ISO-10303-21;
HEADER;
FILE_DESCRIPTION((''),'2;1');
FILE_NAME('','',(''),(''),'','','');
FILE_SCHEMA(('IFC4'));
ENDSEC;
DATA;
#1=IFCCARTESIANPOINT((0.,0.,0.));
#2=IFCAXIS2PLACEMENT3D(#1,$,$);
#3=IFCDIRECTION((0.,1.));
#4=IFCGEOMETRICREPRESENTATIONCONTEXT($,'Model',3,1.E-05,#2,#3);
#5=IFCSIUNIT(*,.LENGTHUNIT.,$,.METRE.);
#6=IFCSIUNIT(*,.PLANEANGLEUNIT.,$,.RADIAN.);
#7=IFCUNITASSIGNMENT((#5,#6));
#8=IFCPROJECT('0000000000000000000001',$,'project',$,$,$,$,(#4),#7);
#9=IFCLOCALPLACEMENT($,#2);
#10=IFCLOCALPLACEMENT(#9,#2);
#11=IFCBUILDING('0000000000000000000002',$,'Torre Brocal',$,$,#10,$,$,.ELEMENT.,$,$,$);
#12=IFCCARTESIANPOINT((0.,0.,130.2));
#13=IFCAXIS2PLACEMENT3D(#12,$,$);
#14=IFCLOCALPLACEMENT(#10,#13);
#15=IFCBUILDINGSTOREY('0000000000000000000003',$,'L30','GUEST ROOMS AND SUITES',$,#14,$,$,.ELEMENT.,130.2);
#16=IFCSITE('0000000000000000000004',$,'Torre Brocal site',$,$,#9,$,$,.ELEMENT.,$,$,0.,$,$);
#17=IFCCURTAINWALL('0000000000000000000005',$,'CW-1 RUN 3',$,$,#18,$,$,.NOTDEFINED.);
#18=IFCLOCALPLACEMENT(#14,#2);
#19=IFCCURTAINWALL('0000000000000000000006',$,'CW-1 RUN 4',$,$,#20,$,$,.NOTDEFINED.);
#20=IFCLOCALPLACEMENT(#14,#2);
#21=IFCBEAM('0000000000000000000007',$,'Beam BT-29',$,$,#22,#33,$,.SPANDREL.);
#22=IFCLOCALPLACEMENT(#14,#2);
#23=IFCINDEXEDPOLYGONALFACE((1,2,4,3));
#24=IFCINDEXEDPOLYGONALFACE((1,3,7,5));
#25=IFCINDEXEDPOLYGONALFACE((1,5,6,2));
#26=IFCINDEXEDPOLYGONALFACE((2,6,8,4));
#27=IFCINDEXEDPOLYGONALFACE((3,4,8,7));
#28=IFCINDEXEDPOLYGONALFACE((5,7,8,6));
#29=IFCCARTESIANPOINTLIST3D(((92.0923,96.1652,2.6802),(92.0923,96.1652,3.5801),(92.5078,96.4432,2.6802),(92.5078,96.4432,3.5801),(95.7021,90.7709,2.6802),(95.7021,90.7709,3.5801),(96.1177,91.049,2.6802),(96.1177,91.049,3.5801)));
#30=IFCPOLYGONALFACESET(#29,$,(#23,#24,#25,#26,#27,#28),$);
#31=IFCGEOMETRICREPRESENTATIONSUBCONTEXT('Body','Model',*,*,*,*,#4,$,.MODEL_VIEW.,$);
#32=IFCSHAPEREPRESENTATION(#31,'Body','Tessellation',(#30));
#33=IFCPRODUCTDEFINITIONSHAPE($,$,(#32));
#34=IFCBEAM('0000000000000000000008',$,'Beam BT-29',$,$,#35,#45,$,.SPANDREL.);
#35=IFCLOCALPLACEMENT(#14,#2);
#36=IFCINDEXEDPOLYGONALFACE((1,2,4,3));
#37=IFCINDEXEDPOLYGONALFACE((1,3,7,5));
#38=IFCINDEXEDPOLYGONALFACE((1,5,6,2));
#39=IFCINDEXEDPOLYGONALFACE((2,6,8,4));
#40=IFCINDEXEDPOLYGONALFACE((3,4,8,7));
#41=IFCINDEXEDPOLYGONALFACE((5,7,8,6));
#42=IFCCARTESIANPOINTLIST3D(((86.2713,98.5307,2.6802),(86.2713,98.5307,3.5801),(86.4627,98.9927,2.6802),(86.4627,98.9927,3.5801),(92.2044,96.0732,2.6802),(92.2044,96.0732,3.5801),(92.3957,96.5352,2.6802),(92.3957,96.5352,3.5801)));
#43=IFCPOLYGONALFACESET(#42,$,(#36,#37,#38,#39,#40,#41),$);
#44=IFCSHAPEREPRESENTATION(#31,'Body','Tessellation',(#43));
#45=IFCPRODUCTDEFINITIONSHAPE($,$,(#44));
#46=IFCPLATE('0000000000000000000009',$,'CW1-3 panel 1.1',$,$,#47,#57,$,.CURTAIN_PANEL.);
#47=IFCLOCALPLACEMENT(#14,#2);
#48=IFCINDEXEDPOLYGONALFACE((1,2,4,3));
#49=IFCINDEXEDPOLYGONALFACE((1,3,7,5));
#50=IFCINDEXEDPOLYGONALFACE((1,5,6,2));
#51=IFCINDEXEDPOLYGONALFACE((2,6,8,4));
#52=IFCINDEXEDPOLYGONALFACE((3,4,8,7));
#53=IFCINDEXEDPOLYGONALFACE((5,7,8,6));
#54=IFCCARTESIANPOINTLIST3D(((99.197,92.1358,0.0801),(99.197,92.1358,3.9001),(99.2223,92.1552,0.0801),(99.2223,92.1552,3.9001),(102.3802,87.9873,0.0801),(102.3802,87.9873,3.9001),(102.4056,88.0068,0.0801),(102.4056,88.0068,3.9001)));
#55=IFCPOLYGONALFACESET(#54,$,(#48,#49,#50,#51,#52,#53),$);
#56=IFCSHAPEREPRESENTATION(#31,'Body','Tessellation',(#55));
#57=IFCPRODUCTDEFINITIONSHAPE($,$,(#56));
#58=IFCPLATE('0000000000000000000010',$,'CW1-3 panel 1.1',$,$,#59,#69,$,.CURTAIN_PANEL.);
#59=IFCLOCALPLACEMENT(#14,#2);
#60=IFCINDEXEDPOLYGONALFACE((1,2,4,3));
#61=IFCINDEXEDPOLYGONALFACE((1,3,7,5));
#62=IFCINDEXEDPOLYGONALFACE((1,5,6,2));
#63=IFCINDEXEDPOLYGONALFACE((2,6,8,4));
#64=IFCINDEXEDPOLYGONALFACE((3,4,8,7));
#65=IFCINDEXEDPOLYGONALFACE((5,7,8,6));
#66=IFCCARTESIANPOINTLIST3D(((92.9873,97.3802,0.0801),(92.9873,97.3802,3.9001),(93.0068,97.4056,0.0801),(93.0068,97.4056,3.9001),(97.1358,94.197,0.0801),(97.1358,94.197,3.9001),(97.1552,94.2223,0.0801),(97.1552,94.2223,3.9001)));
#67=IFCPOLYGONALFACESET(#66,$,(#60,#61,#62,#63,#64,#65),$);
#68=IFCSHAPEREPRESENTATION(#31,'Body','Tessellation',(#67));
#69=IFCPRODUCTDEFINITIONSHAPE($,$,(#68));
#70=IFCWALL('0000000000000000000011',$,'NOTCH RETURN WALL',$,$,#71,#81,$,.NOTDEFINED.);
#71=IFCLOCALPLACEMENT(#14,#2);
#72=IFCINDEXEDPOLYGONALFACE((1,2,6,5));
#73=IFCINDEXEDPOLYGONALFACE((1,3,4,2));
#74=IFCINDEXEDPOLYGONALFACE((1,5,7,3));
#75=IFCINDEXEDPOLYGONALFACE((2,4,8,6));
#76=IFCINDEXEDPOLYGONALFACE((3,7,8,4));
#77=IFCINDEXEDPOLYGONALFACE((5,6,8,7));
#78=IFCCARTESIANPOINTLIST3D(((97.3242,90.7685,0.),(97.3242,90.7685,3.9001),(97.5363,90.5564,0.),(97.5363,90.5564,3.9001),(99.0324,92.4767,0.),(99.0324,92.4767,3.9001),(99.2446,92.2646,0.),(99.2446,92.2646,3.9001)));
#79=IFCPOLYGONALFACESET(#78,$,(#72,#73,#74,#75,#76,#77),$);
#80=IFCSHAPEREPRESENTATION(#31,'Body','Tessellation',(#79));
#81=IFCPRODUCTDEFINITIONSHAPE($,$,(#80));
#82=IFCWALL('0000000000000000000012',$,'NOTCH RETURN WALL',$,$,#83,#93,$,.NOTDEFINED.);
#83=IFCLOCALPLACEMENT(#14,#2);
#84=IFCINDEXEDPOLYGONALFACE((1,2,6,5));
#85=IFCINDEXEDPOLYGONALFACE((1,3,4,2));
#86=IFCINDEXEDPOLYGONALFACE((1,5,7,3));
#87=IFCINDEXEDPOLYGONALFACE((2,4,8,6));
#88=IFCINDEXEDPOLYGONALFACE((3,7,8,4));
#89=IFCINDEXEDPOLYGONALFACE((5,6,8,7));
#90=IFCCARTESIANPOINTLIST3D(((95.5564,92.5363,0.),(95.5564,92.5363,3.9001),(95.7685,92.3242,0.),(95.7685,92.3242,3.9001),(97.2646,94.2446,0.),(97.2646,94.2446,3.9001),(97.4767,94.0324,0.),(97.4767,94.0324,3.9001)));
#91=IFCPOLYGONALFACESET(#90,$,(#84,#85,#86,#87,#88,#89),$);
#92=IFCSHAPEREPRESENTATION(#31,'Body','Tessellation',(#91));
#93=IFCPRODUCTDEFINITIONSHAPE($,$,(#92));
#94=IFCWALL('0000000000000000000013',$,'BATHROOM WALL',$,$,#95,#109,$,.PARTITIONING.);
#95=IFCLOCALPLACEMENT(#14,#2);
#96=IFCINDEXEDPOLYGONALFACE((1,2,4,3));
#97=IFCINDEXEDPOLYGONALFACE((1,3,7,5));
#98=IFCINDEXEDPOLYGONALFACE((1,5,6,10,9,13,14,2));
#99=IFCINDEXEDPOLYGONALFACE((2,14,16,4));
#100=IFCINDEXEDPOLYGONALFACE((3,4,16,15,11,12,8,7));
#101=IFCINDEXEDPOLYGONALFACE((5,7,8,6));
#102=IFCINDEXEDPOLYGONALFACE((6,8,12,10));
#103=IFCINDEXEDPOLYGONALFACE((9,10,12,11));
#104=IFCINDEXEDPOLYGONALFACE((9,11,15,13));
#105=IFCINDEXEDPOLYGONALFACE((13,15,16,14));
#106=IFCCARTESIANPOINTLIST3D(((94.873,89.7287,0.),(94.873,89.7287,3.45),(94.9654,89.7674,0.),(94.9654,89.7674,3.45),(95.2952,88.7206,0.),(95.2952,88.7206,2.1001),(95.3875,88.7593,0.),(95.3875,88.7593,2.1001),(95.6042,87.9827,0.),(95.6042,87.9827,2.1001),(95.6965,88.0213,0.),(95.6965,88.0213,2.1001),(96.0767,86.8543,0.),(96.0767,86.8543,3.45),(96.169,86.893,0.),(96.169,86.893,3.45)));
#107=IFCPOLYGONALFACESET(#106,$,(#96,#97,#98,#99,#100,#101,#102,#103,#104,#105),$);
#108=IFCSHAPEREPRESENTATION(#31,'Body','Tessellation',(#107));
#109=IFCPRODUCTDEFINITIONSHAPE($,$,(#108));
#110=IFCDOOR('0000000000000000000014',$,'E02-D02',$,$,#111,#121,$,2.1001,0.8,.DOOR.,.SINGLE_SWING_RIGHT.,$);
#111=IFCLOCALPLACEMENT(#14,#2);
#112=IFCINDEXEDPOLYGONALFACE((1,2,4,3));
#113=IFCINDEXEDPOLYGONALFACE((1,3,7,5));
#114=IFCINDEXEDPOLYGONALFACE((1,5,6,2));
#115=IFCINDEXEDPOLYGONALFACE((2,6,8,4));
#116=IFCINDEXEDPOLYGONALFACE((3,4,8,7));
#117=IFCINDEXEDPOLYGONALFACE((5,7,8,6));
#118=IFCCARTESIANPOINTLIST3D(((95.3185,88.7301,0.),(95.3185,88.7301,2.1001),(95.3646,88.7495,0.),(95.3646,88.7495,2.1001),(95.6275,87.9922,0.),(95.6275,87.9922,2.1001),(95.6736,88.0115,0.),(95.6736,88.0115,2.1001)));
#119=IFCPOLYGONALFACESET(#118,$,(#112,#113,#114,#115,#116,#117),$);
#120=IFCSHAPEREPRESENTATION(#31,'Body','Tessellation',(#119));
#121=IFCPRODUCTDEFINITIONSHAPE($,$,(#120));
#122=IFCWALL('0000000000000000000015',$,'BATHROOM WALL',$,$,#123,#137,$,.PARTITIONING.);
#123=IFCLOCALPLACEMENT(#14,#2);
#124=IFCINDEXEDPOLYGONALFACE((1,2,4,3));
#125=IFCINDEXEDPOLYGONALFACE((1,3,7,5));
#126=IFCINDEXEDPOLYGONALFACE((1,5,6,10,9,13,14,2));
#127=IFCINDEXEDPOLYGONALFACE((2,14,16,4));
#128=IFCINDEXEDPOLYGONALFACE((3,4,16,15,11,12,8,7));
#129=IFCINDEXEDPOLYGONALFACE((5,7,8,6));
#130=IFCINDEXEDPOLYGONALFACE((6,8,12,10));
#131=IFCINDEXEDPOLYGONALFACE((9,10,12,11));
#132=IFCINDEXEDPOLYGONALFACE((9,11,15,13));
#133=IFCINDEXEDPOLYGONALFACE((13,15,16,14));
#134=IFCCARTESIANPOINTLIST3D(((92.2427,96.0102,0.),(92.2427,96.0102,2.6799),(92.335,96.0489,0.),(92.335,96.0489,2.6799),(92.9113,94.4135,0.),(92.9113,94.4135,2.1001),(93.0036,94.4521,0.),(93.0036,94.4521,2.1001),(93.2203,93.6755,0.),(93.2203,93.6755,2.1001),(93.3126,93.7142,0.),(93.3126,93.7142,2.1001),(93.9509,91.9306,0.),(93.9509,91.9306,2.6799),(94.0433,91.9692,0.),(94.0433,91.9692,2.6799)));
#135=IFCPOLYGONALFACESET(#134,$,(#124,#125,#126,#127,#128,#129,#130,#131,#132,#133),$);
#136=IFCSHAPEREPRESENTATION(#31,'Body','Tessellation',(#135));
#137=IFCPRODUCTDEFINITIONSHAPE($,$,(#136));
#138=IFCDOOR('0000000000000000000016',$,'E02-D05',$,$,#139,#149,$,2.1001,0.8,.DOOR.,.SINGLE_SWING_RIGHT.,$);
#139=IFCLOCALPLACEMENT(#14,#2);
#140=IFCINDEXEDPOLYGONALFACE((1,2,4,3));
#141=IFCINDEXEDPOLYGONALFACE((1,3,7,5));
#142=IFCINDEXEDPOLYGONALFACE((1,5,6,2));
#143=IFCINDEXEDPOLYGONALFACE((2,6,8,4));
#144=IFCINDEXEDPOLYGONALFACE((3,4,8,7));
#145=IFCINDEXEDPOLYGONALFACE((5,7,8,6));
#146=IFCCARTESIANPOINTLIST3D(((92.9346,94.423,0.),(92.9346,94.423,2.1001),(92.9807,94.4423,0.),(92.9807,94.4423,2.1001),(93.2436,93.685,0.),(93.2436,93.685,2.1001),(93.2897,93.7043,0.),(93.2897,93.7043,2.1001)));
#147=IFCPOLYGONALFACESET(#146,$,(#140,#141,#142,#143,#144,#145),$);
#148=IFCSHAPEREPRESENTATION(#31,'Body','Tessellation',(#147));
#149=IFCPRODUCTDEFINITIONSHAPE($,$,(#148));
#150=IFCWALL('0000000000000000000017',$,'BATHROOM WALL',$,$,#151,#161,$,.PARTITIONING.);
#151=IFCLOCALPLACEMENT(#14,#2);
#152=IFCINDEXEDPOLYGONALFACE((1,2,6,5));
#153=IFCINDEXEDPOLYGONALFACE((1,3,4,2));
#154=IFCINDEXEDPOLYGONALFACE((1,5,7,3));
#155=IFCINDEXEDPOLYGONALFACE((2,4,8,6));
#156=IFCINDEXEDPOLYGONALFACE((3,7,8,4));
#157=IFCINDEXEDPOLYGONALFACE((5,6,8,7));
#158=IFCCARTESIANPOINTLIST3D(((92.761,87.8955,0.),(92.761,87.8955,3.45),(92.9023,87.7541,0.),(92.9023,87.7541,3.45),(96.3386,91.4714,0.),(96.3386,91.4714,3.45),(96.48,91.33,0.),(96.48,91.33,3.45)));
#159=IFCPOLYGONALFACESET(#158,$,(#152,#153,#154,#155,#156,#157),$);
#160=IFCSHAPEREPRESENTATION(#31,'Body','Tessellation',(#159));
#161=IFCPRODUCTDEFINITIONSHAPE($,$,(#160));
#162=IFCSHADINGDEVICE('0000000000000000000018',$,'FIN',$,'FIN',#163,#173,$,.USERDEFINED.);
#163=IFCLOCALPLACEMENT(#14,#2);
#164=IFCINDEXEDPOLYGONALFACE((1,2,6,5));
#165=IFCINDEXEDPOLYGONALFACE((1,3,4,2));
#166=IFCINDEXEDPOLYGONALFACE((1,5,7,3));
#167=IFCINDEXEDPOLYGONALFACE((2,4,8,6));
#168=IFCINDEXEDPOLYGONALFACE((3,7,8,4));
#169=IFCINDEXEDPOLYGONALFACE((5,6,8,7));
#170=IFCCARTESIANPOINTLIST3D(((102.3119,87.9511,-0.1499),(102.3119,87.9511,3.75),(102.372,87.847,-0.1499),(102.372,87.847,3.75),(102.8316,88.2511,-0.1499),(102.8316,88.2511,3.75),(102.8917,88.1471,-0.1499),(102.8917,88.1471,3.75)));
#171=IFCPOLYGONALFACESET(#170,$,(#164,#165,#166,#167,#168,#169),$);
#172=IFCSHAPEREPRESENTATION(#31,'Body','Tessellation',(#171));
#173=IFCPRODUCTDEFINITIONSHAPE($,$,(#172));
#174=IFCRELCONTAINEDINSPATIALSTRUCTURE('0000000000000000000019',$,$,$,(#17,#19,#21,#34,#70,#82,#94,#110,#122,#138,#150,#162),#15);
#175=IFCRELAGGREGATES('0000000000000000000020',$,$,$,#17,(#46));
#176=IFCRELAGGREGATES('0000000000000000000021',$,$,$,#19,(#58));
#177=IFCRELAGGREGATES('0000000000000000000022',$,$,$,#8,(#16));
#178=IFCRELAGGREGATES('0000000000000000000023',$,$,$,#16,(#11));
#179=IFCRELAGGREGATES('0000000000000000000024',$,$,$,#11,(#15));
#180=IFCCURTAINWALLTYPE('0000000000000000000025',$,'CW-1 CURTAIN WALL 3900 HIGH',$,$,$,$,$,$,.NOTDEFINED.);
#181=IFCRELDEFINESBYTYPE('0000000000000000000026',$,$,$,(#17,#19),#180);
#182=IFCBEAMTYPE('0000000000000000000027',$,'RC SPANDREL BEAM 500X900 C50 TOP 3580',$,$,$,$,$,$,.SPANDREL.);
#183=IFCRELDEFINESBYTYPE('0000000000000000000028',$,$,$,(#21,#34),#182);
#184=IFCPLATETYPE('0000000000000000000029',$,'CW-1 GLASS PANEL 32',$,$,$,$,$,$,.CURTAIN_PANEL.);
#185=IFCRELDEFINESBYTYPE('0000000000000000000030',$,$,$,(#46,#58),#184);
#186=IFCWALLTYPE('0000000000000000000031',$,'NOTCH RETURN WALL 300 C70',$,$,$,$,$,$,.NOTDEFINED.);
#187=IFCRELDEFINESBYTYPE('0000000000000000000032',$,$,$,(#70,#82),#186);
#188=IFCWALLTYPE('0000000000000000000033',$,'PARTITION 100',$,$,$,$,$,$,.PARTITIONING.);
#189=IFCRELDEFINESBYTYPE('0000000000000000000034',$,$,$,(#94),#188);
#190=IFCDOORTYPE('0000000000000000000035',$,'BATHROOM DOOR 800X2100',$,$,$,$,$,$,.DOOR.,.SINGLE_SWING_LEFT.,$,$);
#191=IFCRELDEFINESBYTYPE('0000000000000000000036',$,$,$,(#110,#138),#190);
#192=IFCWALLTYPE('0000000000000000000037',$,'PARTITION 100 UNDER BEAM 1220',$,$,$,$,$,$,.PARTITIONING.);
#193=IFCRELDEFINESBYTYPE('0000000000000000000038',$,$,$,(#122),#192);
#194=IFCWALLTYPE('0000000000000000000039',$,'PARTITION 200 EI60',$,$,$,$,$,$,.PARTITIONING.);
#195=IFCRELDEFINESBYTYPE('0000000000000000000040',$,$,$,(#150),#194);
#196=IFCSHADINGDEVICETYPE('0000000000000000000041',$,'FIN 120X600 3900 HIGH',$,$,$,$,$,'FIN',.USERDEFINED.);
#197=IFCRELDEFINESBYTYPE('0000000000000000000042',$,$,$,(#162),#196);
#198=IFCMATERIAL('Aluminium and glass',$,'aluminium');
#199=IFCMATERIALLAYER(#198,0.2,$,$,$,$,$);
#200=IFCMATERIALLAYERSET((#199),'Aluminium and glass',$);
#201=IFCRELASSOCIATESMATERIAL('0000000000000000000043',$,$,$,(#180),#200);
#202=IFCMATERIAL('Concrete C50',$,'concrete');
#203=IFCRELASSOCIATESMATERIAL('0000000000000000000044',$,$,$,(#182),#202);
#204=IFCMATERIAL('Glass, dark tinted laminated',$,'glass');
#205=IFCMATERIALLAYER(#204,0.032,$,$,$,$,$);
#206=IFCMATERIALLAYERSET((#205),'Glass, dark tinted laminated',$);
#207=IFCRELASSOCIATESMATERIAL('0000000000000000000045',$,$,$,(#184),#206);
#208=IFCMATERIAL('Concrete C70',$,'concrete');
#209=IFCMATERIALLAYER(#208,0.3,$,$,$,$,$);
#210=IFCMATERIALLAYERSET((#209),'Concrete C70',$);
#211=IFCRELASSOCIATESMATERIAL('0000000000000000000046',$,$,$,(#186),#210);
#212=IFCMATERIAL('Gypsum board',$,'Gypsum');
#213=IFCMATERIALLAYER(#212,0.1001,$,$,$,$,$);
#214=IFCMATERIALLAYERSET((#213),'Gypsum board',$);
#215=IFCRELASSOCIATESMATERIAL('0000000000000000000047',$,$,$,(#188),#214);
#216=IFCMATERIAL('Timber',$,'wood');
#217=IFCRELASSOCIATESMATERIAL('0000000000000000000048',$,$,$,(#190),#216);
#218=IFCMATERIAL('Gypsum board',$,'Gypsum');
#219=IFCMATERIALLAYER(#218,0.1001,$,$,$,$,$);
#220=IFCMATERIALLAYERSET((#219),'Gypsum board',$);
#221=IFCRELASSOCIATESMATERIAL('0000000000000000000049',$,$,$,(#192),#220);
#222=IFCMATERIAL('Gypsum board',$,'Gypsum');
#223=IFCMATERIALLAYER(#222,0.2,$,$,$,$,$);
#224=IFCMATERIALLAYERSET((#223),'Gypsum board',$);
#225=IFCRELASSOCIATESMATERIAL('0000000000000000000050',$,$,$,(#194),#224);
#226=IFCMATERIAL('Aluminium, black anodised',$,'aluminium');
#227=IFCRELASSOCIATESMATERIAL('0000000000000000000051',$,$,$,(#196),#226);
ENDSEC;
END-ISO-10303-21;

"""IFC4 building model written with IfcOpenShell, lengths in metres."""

from ifc_helpers import new_model, si_unit, direction, frame, frame_2d, origin, origin_2d, place, context, subcontext, project, spatial, rectangle, extrude, material, layer, layer_set, material_profile, profile_set, type_object, element, fill, aggregate, save


model = new_model("IFC4")

# Units and contexts
model_context = context("Model", 3, precision=1e-05, world=origin(), true_north=direction((0.0, 1.0)))
body_context = subcontext(model_context, "Body", "Model", "MODEL_VIEW")
ifc_project = project(units=[si_unit("LENGTHUNIT", "METRE"), si_unit("PLANEANGLEUNIT", "RADIAN")], contexts=[model_context])

# Site, building, storey
site_placement = place(None, origin())
site = spatial("IfcSite", under=ifc_project, at=site_placement, Name="Torre Brocal site", CompositionType="ELEMENT", RefElevation=0.0)
building_placement = place(site_placement, origin())
building = spatial("IfcBuilding", under=site, at=building_placement, Name="Torre Brocal", CompositionType="ELEMENT")
storey_placement = place(building_placement, frame((0.0, 0.0, 130.2)))
storey = spatial("IfcBuildingStorey", under=building, at=storey_placement, Name="L30", Description="GUEST ROOMS AND SUITES", CompositionType="ELEMENT", Elevation=130.2)

# Shared definitions
ifc_material_1 = material(Name="Aluminium and glass", Category="aluminium")
ifc_layer_1 = layer(ifc_material_1, 0.2)
ifc_layer_set_1 = layer_set([ifc_layer_1], Name="Aluminium and glass")
curtain_wall_type = type_object("IfcCurtainWallType", Name="CW-1 CURTAIN WALL 3900 HIGH", PredefinedType="NOTDEFINED", material=ifc_layer_set_1)

# Curtain walls
curtain_wall_1_placement = place(storey_placement, origin())
curtain_wall_1 = element("IfcCurtainWall", 1, at=curtain_wall_1_placement, inside=storey, type_object=curtain_wall_type, Name="CW-1 RUN 3", PredefinedType="NOTDEFINED")
curtain_wall_2_placement = place(storey_placement, origin())
curtain_wall_2 = element("IfcCurtainWall", 2, at=curtain_wall_2_placement, inside=storey, type_object=curtain_wall_type, Name="CW-1 RUN 4", PredefinedType="NOTDEFINED")

# Beams
ifc_material_2 = material(Name="Concrete C50", Category="concrete")
ifc_material_profile_1 = material_profile(ifc_material_2, rectangle(XDim=0.5, YDim=0.8999, at=origin_2d()), Name="RC 500X900")
ifc_profile_set_1 = profile_set([ifc_material_profile_1], Name="Concrete C50")
beam_type_1 = type_object("IfcBeamType", Name="RC SPANDREL BEAM 500X900 C50 TOP 3580", PredefinedType="SPANDREL", material=ifc_profile_set_1)
beam_1_placement = place(storey_placement, frame((95.9099, 90.9099, 3.1301), z_axis=(-0.556158, 0.831077, 0.0), x_axis=(-0.831077, -0.556158, 0.0)))
element("IfcBeam", 3, at=beam_1_placement, inside=storey, type_object=beam_type_1, Name="Beam BT-29", PredefinedType="SPANDREL", context=body_context, shape_type="SweptSolid", body=[
    extrude(rectangle(XDim=0.5, YDim=0.8999, at=origin_2d()), origin(), (0.0, 0.0, 1.0), 6.4907),
])
beam_2_placement = place(storey_placement, frame((92.3, 96.3042, 3.1301), z_axis=(-0.923882, 0.382676, 0.0), x_axis=(-0.382676, -0.923882, 0.0)))
element("IfcBeam", 4, at=beam_2_placement, inside=storey, type_object=beam_type_1, Name="Beam BT-29", PredefinedType="SPANDREL", context=body_context, shape_type="SweptSolid", body=[
    extrude(rectangle(XDim=0.5, YDim=0.8999, at=origin_2d()), origin(), (0.0, 0.0, 1.0), 6.4219),
])

# Plates
ifc_material_3 = material(Name="Glass, dark tinted laminated", Category="glass")
ifc_layer_2 = layer(ifc_material_3, 0.032)
ifc_layer_set_2 = layer_set([ifc_layer_2], Name="Glass, dark tinted laminated")
plate_type = type_object("IfcPlateType", Name="CW-1 GLASS PANEL 32", PredefinedType="CURTAIN_PANEL", material=ifc_layer_set_2)
plate_1_placement = place(storey_placement, frame((100.8013, 90.0713, 0.0801), z_axis=(0.0, 0.0, 1.0), x_axis=(-0.608761, 0.793353, 0.0)))
plate_1 = element("IfcPlate", 5, at=plate_1_placement, type_object=plate_type, Name="CW1-3 panel 1.1", PredefinedType="CURTAIN_PANEL", context=body_context, shape_type="SweptSolid", body=[
    extrude(rectangle(XDim=5.229, YDim=0.032, at=origin_2d()), origin(), (0.0, 0.0, 1.0), 3.8201),
])
aggregate(curtain_wall_1, [plate_1])
plate_2_placement = place(storey_placement, frame((95.0713, 95.8013, 0.0801), z_axis=(0.0, 0.0, 1.0), x_axis=(-0.793353, 0.608761, 0.0)))
plate_2 = element("IfcPlate", 6, at=plate_2_placement, type_object=plate_type, Name="CW1-3 panel 1.1", PredefinedType="CURTAIN_PANEL", context=body_context, shape_type="SweptSolid", body=[
    extrude(rectangle(XDim=5.229, YDim=0.032, at=origin_2d()), origin(), (0.0, 0.0, 1.0), 3.8201),
])
aggregate(curtain_wall_2, [plate_2])

# Walls
ifc_material_4 = material(Name="Concrete C70", Category="concrete")
ifc_layer_3 = layer(ifc_material_4, 0.3)
ifc_layer_set_3 = layer_set([ifc_layer_3], Name="Concrete C70")
wall_type_1 = type_object("IfcWallType", Name="NOTCH RETURN WALL 300 C70", PredefinedType="NOTDEFINED", material=ifc_layer_set_3)
for number, where, z_axis, x_axis, name in (
    (7, (97.4302, 90.6624, 0.0), (0.0, 0.0, 1.0), (0.707107, 0.707107, 0.0), "NOTCH RETURN WALL"),
    (8, (95.6624, 92.4302, 0.0), (0.0, 0.0, 1.0), (0.707107, 0.707107, 0.0), "NOTCH RETURN WALL"),
):
    element("IfcWall", number, at=place(storey_placement, frame(where, z_axis=z_axis, x_axis=x_axis)), inside=storey, type_object=wall_type_1, Name=name, PredefinedType="NOTDEFINED", context=body_context, shape_type="SweptSolid", body=[
        extrude(rectangle(XDim=2.4158, YDim=0.3, at=frame_2d((1.208, 0.0))), origin(), (0.0, 0.0, 1.0), 3.9001),
    ])

# Walls, openings, doors
ifc_material_5 = material(Name="Gypsum board", Category="Gypsum")
ifc_layer_4 = layer(ifc_material_5, 0.1001)
ifc_layer_set_4 = layer_set([ifc_layer_4], Name="Gypsum board")
wall_type_2 = type_object("IfcWallType", Name="PARTITION 100", PredefinedType="PARTITIONING", material=ifc_layer_set_4)
wall_1_placement = place(storey_placement, frame((94.9192, 89.748, 0.0), z_axis=(0.0, 0.0, 1.0), x_axis=(0.386256, -0.922392, 0.0)))
wall_1 = element("IfcWall", 9, at=wall_1_placement, inside=storey, type_object=wall_type_2, Name="BATHROOM WALL", PredefinedType="PARTITIONING", context=body_context, shape_type="SweptSolid", body=[
    extrude(rectangle(XDim=3.1162, YDim=0.1001, at=frame_2d((1.5581, 0.0))), origin(), (0.0, 0.0, 1.0), 3.45),
])
opening_1_placement = place(wall_1_placement, frame((1.093, 0.0, 0.0)))
opening_1 = element("IfcOpeningElement", 10, at=opening_1_placement, cuts=wall_1, PredefinedType="OPENING", context=body_context, shape_type="SweptSolid", body=[
    extrude(rectangle(XDim=0.8, YDim=2.1001, at=frame_2d((0.3999, 1.05))), frame((0.0, 0.0601, 0.0), z_axis=(0.0, -1.0, 0.0), x_axis=(1.0, 0.0, 0.0)), (0.0, 0.0, 1.0), 0.1201),
])
ifc_material_6 = material(Name="Timber", Category="wood")
door_type = type_object("IfcDoorType", Name="BATHROOM DOOR 800X2100", OperationType="SINGLE_SWING_LEFT", PredefinedType="DOOR", material=ifc_material_6)
door_1_placement = place(opening_1_placement, frame((0.8, 0.0, 0.0), z_axis=(0.0, 0.0, 1.0), x_axis=(-1.0, 0.0, 0.0)))
door_1 = element("IfcDoor", 11, at=door_1_placement, inside=storey, type_object=door_type, Name="E02-D02", OperationType="SINGLE_SWING_RIGHT", OverallHeight=2.1001, OverallWidth=0.8, PredefinedType="DOOR", context=body_context, shape_type="SweptSolid", body=[
    extrude(rectangle(XDim=0.8, YDim=2.1001, at=frame_2d((0.3999, 1.05))), frame((0.0, 0.0249, 0.0), z_axis=(0.0, -1.0, 0.0), x_axis=(1.0, 0.0, 0.0)), (0.0, 0.0, 1.0), 0.05),
])
fill(opening_1, door_1)
ifc_material_7 = material(Name="Gypsum board", Category="Gypsum")
ifc_layer_5 = layer(ifc_material_7, 0.1001)
ifc_layer_set_5 = layer_set([ifc_layer_5], Name="Gypsum board")
wall_type_3 = type_object("IfcWallType", Name="PARTITION 100 UNDER BEAM 1220", PredefinedType="PARTITIONING", material=ifc_layer_set_5)
wall_2_placement = place(storey_placement, frame((92.2888, 96.0295, 0.0), z_axis=(0.0, 0.0, 1.0), x_axis=(0.386237, -0.922399, 0.0)))
wall_2 = element("IfcWall", 12, at=wall_2_placement, inside=storey, type_object=wall_type_3, Name="BATHROOM WALL", PredefinedType="PARTITIONING", context=body_context, shape_type="SweptSolid", body=[
    extrude(rectangle(XDim=4.4229, YDim=0.1001, at=frame_2d((2.2114, 0.0))), origin(), (0.0, 0.0, 1.0), 2.6799),
])
opening_2_placement = place(wall_2_placement, frame((1.7312, 0.0, 0.0)))
opening_2 = element("IfcOpeningElement", 13, at=opening_2_placement, cuts=wall_2, PredefinedType="OPENING", context=body_context, shape_type="SweptSolid", body=[
    extrude(rectangle(XDim=0.8, YDim=2.1001, at=frame_2d((0.3999, 1.05))), frame((0.0, 0.0601, 0.0), z_axis=(0.0, -1.0, 0.0), x_axis=(1.0, 0.0, 0.0)), (0.0, 0.0, 1.0), 0.1201),
])
door_2_placement = place(opening_2_placement, frame((0.8, 0.0, 0.0), z_axis=(0.0, 0.0, 1.0), x_axis=(-1.0, 0.0, 0.0)))
door_2 = element("IfcDoor", 14, at=door_2_placement, inside=storey, type_object=door_type, Name="E02-D05", OperationType="SINGLE_SWING_RIGHT", OverallHeight=2.1001, OverallWidth=0.8, PredefinedType="DOOR", context=body_context, shape_type="SweptSolid", body=[
    extrude(rectangle(XDim=0.8, YDim=2.1001, at=frame_2d((0.3999, 1.05))), frame((0.0, 0.0249, 0.0), z_axis=(0.0, -1.0, 0.0), x_axis=(1.0, 0.0, 0.0)), (0.0, 0.0, 1.0), 0.05),
])
fill(opening_2, door_2)

# Wall
ifc_material_8 = material(Name="Gypsum board", Category="Gypsum")
ifc_layer_6 = layer(ifc_material_8, 0.2)
ifc_layer_set_6 = layer_set([ifc_layer_6], Name="Gypsum board")
wall_type_4 = type_object("IfcWallType", Name="PARTITION 200 EI60", PredefinedType="PARTITIONING", material=ifc_layer_set_6)
wall_3_placement = place(storey_placement, frame((92.8315, 87.8247, 0.0), z_axis=(0.0, 0.0, 1.0), x_axis=(0.707276, 0.706938, 0.0)))
element("IfcWall", 15, at=wall_3_placement, inside=storey, type_object=wall_type_4, Name="BATHROOM WALL", PredefinedType="PARTITIONING", context=body_context, shape_type="SweptSolid", body=[
    extrude(rectangle(XDim=5.0583, YDim=0.2, at=frame_2d((2.5293, 0.0))), origin(), (0.0, 0.0, 1.0), 3.45),
])

# Shading device
ifc_material_9 = material(Name="Aluminium, black anodised", Category="aluminium")
ifc_material_profile_2 = material_profile(ifc_material_9, rectangle(XDim=0.1201, YDim=0.6001, at=origin_2d()), Name="FIN 120X600 3900 HIGH")
ifc_profile_set_2 = profile_set([ifc_material_profile_2], Name="Aluminium, black anodised")
shading_device_type = type_object("IfcShadingDeviceType", Name="FIN 120X600 3900 HIGH", ElementType="FIN", PredefinedType="USERDEFINED", material=ifc_profile_set_2)
for number, where, z_axis, x_axis, name in (
    (16, (102.6018, 88.0491, -0.1499), (0.0, 0.0, 1.0), (-0.5, 0.866025, 0.0), "FIN"),
):
    element("IfcShadingDevice", number, at=place(storey_placement, frame(where, z_axis=z_axis, x_axis=x_axis)), inside=storey, type_object=shading_device_type, Name=name, ObjectType="FIN", PredefinedType="USERDEFINED", context=body_context, shape_type="SweptSolid", body=[
        extrude(rectangle(XDim=0.1201, YDim=0.6001, at=origin_2d()), origin(), (0.0, 0.0, 1.0), 3.8999),
    ])

save(model, "model.ifc")
